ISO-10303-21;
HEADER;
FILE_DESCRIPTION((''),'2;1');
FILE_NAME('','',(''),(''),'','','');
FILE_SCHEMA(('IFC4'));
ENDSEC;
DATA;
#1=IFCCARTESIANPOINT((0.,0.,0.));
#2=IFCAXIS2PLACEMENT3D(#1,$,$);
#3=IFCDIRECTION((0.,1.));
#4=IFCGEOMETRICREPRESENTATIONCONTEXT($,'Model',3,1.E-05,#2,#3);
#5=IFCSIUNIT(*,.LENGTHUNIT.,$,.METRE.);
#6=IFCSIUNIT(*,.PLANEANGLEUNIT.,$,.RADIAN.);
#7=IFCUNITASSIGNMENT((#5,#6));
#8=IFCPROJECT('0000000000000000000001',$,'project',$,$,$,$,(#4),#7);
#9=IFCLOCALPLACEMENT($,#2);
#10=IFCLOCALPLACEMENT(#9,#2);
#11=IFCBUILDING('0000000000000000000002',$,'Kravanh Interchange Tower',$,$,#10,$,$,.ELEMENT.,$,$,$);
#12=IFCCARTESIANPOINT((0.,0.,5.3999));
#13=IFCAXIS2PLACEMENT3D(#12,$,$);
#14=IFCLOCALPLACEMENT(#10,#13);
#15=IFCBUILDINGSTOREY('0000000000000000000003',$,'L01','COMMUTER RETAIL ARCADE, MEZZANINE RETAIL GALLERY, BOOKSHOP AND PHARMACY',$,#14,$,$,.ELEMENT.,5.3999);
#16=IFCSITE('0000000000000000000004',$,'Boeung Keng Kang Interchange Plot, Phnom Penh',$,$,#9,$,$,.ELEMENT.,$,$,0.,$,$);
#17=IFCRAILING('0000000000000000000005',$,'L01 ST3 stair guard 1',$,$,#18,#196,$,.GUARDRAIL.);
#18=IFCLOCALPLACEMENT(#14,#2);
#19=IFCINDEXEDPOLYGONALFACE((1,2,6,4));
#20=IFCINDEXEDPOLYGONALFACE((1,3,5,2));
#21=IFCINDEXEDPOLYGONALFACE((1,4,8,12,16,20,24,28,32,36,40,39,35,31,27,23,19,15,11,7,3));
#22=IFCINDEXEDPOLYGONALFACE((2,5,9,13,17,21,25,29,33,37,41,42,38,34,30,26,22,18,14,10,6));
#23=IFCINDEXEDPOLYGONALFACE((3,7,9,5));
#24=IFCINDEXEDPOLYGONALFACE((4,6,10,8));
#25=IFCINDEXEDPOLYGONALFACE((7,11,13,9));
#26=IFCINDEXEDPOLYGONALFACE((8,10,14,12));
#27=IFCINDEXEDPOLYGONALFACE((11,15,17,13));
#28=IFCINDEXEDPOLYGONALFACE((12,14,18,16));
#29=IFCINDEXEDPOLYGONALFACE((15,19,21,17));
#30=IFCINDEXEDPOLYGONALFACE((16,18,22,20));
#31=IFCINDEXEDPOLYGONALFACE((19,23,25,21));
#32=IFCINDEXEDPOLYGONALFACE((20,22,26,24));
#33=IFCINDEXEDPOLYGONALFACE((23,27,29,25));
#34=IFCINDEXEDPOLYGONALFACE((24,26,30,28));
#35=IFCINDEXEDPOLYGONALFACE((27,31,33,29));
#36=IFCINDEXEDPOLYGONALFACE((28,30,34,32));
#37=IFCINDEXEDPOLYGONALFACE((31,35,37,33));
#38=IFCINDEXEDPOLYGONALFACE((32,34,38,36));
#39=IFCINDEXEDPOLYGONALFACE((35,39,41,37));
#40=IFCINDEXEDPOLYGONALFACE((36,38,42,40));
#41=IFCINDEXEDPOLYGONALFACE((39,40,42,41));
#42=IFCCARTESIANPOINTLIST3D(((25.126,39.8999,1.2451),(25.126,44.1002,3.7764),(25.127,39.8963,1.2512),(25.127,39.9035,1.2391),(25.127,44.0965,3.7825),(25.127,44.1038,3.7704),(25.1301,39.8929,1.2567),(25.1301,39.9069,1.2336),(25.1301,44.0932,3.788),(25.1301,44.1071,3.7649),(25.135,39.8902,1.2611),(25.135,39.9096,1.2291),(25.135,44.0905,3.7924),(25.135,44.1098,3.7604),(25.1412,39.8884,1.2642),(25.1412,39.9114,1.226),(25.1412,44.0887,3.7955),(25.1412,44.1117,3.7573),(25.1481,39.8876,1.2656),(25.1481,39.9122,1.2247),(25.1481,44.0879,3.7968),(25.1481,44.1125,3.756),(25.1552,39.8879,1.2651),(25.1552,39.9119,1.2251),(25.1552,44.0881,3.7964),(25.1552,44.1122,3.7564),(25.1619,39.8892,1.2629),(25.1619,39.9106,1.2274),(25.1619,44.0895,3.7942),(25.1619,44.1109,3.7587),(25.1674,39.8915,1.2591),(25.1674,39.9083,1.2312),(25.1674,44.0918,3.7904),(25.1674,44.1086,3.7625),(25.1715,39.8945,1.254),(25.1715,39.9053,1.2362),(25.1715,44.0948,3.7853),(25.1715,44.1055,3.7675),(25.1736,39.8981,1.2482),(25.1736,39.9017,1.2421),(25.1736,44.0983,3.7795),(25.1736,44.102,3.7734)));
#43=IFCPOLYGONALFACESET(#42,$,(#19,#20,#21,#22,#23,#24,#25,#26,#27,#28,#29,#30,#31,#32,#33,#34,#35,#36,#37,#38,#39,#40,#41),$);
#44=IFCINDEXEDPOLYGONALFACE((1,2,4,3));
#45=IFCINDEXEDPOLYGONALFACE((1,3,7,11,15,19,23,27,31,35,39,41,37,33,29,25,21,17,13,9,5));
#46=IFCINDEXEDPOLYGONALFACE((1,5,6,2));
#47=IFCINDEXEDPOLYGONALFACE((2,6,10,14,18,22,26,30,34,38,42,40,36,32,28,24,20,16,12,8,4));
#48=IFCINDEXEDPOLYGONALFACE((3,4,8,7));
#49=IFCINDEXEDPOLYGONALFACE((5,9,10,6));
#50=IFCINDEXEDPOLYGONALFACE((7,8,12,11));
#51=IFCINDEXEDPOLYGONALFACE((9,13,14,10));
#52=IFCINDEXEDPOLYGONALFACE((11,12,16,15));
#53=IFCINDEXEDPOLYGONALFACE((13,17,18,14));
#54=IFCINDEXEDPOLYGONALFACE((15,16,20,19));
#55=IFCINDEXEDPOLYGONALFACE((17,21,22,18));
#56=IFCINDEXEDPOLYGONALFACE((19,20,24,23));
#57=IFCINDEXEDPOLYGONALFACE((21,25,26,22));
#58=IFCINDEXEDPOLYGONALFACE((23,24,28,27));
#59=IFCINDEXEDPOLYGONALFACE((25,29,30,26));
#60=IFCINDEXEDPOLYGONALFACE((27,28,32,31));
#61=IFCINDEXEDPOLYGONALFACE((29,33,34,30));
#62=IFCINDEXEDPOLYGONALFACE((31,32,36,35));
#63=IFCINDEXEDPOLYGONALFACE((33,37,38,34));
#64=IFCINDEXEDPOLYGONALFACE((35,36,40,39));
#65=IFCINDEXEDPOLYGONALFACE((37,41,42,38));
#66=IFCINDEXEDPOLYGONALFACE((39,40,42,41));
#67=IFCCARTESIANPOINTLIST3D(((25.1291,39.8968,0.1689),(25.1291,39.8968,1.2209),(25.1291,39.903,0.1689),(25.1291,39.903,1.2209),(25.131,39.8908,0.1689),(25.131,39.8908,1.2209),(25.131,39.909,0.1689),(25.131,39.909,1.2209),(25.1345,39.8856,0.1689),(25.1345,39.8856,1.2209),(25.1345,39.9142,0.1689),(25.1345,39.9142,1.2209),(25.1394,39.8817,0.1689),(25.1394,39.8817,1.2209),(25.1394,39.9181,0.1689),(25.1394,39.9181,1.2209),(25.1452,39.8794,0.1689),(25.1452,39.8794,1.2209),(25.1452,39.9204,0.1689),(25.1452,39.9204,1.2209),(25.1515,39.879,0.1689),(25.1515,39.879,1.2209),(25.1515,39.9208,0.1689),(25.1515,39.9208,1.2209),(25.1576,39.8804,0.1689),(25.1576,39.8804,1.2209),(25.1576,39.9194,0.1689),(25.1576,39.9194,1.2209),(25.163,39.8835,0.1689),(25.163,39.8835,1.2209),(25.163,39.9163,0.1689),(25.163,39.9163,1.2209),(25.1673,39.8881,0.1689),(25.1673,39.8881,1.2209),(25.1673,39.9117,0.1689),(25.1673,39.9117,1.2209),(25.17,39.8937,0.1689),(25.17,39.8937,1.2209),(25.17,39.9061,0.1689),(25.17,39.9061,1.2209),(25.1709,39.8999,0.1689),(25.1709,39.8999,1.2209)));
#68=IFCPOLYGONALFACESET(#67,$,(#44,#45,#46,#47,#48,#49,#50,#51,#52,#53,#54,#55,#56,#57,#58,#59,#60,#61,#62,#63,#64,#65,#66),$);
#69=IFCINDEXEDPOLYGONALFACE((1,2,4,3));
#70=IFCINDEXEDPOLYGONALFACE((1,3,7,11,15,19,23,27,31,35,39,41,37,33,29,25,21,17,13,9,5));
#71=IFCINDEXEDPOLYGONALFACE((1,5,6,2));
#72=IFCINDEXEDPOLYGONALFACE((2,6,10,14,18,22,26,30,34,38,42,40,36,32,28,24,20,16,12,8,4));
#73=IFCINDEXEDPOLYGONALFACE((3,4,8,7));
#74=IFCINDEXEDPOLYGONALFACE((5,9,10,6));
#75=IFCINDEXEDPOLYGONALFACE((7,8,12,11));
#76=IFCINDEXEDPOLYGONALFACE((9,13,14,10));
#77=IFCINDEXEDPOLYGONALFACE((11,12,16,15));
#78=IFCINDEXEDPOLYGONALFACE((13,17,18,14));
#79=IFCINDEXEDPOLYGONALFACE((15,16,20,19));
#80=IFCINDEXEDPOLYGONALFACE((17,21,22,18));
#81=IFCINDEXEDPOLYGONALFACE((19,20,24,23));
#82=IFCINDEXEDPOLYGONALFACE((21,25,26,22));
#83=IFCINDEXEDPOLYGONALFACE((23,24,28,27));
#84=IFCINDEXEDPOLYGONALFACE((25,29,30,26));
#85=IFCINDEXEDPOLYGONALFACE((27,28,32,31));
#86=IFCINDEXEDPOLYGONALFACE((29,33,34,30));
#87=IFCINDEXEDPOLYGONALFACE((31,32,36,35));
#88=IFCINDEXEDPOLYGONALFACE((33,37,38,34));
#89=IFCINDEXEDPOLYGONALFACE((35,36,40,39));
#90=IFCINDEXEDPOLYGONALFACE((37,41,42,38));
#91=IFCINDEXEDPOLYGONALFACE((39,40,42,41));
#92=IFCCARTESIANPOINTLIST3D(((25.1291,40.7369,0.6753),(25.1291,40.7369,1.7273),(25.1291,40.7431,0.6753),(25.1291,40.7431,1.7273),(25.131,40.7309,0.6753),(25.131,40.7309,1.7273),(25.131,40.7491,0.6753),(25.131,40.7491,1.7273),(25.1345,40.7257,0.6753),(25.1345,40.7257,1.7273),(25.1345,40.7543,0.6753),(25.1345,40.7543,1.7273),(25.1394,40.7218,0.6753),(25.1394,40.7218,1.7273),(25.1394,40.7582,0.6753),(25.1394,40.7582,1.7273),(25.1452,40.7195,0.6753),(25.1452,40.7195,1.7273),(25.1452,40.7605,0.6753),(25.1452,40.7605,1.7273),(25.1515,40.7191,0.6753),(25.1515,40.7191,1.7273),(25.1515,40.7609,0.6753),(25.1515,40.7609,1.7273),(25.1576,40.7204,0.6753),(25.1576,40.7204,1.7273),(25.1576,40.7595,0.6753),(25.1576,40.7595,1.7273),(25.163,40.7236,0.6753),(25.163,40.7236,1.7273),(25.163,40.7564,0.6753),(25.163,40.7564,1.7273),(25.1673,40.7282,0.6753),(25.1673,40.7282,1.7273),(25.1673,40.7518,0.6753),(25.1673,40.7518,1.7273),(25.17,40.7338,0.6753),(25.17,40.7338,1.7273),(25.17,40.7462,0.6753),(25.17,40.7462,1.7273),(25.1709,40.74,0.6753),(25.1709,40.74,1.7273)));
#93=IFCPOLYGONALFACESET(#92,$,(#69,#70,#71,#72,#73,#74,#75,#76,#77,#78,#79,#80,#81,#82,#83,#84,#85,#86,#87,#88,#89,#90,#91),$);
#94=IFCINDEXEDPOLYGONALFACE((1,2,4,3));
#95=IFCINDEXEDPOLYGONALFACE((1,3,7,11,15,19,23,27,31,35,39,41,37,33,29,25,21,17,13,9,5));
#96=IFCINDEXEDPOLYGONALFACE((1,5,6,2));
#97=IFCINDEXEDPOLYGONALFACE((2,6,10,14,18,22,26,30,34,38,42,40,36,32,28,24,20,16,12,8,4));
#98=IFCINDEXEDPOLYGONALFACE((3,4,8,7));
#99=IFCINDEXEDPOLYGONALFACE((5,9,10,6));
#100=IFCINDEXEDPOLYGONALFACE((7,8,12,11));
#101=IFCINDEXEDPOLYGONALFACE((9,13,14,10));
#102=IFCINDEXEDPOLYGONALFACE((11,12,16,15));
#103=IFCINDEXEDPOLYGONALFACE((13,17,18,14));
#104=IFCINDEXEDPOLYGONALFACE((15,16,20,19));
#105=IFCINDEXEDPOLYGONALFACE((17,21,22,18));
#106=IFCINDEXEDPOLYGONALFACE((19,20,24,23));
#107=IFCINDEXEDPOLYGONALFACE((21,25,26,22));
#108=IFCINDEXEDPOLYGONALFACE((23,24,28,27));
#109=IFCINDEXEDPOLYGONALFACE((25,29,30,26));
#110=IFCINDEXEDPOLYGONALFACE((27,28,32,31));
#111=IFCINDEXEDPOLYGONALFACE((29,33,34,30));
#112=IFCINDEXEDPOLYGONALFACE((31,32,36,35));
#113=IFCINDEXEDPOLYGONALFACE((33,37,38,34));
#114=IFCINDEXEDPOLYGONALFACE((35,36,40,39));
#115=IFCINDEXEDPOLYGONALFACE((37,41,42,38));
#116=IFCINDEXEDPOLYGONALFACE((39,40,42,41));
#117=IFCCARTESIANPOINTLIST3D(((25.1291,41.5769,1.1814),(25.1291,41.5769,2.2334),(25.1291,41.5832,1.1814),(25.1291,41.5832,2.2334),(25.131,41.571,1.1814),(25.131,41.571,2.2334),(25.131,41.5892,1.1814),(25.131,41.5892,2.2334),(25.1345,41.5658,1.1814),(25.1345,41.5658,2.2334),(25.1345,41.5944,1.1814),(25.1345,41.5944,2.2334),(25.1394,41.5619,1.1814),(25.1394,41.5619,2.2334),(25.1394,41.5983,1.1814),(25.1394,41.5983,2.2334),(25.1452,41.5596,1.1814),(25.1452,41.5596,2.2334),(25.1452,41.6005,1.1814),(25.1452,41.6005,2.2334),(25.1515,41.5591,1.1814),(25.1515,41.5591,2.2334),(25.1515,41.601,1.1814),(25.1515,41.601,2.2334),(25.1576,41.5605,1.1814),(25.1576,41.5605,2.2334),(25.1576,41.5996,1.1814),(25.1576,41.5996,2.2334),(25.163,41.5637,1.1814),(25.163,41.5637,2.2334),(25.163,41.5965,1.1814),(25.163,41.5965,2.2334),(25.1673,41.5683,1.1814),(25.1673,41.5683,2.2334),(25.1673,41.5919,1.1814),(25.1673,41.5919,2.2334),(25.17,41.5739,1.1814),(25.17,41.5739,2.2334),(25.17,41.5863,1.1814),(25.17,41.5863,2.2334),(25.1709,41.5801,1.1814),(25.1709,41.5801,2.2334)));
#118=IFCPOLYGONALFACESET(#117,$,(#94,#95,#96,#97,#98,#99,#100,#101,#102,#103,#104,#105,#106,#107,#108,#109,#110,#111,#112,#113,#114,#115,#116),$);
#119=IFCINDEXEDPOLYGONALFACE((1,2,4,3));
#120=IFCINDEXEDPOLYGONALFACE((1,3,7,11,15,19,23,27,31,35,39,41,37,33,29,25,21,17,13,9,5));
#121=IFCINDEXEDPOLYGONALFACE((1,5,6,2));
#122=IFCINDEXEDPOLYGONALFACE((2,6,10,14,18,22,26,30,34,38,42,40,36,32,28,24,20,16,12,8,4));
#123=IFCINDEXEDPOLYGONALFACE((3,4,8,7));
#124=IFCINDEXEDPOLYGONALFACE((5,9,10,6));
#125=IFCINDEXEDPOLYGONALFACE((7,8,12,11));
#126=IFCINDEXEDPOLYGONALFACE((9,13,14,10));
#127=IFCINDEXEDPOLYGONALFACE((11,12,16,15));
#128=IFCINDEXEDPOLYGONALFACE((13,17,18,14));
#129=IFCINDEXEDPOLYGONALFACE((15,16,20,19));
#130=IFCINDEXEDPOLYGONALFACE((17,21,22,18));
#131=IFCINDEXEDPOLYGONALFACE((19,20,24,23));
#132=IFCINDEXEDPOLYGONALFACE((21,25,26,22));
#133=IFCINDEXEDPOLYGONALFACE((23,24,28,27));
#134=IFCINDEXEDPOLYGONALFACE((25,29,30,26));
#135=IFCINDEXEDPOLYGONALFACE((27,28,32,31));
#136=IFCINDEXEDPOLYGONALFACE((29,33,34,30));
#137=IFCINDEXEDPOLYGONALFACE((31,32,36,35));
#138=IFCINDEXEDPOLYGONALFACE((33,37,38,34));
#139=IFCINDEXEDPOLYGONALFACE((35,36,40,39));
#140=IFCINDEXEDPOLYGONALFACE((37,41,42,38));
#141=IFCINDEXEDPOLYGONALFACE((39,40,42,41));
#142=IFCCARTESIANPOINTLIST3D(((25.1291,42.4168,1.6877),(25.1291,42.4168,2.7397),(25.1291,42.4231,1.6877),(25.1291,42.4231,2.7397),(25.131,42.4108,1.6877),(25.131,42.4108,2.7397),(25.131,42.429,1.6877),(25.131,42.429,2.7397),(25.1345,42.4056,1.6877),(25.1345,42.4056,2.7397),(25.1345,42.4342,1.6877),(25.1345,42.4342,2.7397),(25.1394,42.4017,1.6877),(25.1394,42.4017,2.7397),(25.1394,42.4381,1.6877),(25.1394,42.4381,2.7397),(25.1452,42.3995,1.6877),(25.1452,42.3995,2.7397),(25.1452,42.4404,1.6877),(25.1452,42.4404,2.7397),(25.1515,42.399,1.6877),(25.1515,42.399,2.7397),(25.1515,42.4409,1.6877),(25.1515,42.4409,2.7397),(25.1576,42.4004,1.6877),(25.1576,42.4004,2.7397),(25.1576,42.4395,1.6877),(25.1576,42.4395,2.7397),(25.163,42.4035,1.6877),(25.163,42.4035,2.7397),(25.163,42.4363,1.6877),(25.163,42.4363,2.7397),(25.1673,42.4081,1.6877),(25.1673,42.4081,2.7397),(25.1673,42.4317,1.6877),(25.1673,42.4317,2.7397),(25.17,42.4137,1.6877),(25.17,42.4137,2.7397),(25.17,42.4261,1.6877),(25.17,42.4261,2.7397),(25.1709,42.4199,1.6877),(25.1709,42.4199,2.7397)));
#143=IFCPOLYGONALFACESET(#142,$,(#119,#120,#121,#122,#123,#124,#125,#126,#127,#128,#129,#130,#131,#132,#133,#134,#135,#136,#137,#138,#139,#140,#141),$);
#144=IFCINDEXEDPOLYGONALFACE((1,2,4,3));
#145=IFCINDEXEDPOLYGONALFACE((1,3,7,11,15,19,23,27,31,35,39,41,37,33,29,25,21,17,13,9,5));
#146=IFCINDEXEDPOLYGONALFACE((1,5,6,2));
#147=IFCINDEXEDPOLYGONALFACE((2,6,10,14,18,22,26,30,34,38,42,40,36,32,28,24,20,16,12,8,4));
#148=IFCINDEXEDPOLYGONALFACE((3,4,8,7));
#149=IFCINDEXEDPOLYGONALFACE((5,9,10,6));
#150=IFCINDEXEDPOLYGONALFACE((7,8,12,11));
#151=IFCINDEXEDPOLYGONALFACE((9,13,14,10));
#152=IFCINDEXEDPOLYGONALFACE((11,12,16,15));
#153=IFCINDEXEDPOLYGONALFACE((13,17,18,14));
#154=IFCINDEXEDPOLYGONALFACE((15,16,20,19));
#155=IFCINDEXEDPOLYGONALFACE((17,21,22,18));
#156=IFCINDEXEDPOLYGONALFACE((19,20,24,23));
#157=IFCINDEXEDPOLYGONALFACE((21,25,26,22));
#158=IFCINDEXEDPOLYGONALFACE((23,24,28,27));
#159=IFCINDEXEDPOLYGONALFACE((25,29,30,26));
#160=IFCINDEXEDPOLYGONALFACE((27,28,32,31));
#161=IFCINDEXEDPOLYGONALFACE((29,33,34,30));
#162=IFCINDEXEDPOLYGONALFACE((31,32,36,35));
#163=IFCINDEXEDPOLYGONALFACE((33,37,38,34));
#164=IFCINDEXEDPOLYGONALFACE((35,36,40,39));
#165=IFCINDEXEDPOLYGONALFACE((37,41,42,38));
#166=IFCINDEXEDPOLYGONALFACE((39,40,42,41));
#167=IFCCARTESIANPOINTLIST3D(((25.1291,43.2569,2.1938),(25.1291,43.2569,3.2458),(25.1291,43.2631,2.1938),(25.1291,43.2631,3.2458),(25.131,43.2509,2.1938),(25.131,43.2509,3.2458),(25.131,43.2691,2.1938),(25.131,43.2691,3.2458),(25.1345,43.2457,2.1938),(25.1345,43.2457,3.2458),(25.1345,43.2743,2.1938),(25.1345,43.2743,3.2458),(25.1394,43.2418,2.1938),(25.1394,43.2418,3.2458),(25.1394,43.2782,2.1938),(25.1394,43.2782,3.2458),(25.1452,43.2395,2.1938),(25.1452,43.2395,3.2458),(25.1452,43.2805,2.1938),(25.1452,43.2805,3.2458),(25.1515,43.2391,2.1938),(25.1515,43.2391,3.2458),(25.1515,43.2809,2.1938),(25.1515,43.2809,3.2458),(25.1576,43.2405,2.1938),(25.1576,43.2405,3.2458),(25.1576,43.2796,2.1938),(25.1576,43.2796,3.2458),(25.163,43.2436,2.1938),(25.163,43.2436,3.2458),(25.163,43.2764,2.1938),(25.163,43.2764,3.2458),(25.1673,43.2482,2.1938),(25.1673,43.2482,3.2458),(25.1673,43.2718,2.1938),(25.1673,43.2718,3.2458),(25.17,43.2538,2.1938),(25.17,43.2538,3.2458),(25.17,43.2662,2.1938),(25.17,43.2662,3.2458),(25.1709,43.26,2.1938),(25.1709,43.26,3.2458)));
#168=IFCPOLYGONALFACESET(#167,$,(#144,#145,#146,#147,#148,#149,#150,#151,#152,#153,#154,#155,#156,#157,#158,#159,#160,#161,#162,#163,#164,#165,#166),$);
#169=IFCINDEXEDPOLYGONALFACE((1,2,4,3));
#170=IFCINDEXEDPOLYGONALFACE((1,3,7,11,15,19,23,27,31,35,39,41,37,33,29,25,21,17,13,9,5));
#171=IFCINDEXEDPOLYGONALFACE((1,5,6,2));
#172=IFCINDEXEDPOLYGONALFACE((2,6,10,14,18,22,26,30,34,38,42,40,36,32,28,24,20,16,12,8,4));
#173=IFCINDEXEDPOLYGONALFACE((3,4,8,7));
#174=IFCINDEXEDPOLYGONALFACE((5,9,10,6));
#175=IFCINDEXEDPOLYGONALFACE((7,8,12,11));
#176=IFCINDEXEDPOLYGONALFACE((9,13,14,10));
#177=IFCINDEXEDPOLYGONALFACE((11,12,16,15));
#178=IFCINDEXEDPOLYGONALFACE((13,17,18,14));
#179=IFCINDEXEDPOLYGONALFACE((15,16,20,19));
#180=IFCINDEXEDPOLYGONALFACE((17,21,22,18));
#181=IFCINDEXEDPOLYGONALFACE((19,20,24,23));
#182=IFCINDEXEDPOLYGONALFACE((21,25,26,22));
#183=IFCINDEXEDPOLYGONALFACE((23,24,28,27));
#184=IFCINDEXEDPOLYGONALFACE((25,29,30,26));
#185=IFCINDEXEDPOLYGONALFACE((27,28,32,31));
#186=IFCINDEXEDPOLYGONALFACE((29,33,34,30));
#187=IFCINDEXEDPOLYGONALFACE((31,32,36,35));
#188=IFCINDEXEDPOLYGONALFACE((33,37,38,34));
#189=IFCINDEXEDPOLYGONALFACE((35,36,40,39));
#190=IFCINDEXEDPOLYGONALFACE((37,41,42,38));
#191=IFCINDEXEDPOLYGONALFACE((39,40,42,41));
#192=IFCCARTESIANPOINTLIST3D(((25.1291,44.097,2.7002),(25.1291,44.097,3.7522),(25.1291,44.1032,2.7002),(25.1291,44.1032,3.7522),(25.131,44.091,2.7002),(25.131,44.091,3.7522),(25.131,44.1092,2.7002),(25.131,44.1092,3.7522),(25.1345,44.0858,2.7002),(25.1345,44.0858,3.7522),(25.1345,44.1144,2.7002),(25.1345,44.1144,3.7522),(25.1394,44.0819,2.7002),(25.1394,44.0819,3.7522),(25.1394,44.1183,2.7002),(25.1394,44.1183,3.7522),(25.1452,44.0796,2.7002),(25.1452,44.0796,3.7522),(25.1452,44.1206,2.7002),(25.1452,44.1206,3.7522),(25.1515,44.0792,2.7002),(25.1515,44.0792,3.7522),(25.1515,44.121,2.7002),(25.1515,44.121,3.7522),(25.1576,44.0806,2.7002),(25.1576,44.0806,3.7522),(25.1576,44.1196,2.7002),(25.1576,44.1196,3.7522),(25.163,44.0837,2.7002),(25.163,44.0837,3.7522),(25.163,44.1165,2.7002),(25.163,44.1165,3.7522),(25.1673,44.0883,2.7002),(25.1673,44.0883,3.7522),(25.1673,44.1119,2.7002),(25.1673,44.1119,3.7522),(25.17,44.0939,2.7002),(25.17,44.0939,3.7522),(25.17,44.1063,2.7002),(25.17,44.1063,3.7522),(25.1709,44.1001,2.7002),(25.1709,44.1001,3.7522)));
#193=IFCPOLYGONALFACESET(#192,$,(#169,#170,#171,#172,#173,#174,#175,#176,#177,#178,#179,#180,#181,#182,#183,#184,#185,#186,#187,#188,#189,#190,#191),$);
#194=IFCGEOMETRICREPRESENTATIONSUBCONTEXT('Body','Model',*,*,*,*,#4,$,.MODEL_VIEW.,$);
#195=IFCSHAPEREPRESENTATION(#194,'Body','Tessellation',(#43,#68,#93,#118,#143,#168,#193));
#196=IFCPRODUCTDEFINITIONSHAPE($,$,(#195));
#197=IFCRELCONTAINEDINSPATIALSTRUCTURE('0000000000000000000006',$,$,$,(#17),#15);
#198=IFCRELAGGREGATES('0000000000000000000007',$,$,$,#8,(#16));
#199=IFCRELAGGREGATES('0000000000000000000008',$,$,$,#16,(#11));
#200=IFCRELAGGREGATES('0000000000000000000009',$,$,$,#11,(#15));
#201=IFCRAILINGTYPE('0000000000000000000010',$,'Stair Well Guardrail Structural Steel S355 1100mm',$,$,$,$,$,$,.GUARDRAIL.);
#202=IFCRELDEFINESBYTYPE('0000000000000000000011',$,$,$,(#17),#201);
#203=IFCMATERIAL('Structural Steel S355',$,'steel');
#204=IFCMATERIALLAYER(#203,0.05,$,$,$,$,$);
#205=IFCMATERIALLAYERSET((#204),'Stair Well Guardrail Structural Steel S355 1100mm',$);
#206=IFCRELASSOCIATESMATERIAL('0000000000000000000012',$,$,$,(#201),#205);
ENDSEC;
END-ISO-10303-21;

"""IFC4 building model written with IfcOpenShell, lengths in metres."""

from ifc_helpers import new_model, si_unit, direction, frame, origin, origin_2d, place, context, subcontext, project, spatial, circle, extrude, material, layer, layer_set, type_object, element, save


model = new_model("IFC4")

# Units and contexts
model_context = context("Model", 3, precision=1e-05, world=origin(), true_north=direction((0.0, 1.0)))
body_context = subcontext(model_context, "Body", "Model", "MODEL_VIEW")
ifc_project = project(units=[si_unit("LENGTHUNIT", "METRE"), si_unit("PLANEANGLEUNIT", "RADIAN")], contexts=[model_context])

# Site, building, storey
site_placement = place(None, origin())
site = spatial("IfcSite", under=ifc_project, at=site_placement, Name="Boeung Keng Kang Interchange Plot, Phnom Penh", CompositionType="ELEMENT", RefElevation=0.0)
building_placement = place(site_placement, origin())
building = spatial("IfcBuilding", under=site, at=building_placement, Name="Kravanh Interchange Tower", CompositionType="ELEMENT")
storey_placement = place(building_placement, frame((0.0, 0.0, 5.3999)))
storey = spatial("IfcBuildingStorey", under=building, at=storey_placement, Name="L01", Description="COMMUTER RETAIL ARCADE, MEZZANINE RETAIL GALLERY, BOOKSHOP AND PHARMACY", CompositionType="ELEMENT", Elevation=5.3999)

# Railing
ifc_material_1 = material(Name="Structural Steel S355", Category="steel")
ifc_layer_1 = layer(ifc_material_1, 0.05)
ifc_layer_set_1 = layer_set([ifc_layer_1], Name="Stair Well Guardrail Structural Steel S355 1100mm")
railing_type_1 = type_object("IfcRailingType", Name="Stair Well Guardrail Structural Steel S355 1100mm", PredefinedType="GUARDRAIL", material=ifc_layer_set_1)
railing_1_placement = place(storey_placement, frame((25.1499, 39.8999, 0.1689)))
element("IfcRailing", 1, at=railing_1_placement, inside=storey, type_object=railing_type_1, Name="L01 ST3 stair guard 1", PredefinedType="GUARDRAIL", context=body_context, shape_type="SweptSolid", body=[
    extrude(circle(Radius=0.0239, at=origin_2d()), frame((0.0, 0.0, 1.0762), z_axis=(0.0, 0.85649, 0.516164), x_axis=(-1.0, 0.0, 0.0)), (0.0, 0.0, 1.0), 4.9041),
    extrude(circle(Radius=0.021, at=origin_2d()), origin(), (0.0, 0.0, 1.0), 1.052),
    extrude(circle(Radius=0.021, at=origin_2d()), frame((0.0, 0.8401, 0.5063)), (0.0, 0.0, 1.0), 1.052),
    extrude(circle(Radius=0.021, at=origin_2d()), frame((0.0, 1.6802, 1.0125)), (0.0, 0.0, 1.0), 1.052),
    extrude(circle(Radius=0.021, at=origin_2d()), frame((0.0, 2.52, 1.5188)), (0.0, 0.0, 1.0), 1.052),
    extrude(circle(Radius=0.021, at=origin_2d()), frame((0.0, 3.3601, 2.0249)), (0.0, 0.0, 1.0), 1.052),
    extrude(circle(Radius=0.021, at=origin_2d()), frame((0.0, 4.2002, 2.5312)), (0.0, 0.0, 1.0), 1.052),
])

save(model, "model.ifc")
